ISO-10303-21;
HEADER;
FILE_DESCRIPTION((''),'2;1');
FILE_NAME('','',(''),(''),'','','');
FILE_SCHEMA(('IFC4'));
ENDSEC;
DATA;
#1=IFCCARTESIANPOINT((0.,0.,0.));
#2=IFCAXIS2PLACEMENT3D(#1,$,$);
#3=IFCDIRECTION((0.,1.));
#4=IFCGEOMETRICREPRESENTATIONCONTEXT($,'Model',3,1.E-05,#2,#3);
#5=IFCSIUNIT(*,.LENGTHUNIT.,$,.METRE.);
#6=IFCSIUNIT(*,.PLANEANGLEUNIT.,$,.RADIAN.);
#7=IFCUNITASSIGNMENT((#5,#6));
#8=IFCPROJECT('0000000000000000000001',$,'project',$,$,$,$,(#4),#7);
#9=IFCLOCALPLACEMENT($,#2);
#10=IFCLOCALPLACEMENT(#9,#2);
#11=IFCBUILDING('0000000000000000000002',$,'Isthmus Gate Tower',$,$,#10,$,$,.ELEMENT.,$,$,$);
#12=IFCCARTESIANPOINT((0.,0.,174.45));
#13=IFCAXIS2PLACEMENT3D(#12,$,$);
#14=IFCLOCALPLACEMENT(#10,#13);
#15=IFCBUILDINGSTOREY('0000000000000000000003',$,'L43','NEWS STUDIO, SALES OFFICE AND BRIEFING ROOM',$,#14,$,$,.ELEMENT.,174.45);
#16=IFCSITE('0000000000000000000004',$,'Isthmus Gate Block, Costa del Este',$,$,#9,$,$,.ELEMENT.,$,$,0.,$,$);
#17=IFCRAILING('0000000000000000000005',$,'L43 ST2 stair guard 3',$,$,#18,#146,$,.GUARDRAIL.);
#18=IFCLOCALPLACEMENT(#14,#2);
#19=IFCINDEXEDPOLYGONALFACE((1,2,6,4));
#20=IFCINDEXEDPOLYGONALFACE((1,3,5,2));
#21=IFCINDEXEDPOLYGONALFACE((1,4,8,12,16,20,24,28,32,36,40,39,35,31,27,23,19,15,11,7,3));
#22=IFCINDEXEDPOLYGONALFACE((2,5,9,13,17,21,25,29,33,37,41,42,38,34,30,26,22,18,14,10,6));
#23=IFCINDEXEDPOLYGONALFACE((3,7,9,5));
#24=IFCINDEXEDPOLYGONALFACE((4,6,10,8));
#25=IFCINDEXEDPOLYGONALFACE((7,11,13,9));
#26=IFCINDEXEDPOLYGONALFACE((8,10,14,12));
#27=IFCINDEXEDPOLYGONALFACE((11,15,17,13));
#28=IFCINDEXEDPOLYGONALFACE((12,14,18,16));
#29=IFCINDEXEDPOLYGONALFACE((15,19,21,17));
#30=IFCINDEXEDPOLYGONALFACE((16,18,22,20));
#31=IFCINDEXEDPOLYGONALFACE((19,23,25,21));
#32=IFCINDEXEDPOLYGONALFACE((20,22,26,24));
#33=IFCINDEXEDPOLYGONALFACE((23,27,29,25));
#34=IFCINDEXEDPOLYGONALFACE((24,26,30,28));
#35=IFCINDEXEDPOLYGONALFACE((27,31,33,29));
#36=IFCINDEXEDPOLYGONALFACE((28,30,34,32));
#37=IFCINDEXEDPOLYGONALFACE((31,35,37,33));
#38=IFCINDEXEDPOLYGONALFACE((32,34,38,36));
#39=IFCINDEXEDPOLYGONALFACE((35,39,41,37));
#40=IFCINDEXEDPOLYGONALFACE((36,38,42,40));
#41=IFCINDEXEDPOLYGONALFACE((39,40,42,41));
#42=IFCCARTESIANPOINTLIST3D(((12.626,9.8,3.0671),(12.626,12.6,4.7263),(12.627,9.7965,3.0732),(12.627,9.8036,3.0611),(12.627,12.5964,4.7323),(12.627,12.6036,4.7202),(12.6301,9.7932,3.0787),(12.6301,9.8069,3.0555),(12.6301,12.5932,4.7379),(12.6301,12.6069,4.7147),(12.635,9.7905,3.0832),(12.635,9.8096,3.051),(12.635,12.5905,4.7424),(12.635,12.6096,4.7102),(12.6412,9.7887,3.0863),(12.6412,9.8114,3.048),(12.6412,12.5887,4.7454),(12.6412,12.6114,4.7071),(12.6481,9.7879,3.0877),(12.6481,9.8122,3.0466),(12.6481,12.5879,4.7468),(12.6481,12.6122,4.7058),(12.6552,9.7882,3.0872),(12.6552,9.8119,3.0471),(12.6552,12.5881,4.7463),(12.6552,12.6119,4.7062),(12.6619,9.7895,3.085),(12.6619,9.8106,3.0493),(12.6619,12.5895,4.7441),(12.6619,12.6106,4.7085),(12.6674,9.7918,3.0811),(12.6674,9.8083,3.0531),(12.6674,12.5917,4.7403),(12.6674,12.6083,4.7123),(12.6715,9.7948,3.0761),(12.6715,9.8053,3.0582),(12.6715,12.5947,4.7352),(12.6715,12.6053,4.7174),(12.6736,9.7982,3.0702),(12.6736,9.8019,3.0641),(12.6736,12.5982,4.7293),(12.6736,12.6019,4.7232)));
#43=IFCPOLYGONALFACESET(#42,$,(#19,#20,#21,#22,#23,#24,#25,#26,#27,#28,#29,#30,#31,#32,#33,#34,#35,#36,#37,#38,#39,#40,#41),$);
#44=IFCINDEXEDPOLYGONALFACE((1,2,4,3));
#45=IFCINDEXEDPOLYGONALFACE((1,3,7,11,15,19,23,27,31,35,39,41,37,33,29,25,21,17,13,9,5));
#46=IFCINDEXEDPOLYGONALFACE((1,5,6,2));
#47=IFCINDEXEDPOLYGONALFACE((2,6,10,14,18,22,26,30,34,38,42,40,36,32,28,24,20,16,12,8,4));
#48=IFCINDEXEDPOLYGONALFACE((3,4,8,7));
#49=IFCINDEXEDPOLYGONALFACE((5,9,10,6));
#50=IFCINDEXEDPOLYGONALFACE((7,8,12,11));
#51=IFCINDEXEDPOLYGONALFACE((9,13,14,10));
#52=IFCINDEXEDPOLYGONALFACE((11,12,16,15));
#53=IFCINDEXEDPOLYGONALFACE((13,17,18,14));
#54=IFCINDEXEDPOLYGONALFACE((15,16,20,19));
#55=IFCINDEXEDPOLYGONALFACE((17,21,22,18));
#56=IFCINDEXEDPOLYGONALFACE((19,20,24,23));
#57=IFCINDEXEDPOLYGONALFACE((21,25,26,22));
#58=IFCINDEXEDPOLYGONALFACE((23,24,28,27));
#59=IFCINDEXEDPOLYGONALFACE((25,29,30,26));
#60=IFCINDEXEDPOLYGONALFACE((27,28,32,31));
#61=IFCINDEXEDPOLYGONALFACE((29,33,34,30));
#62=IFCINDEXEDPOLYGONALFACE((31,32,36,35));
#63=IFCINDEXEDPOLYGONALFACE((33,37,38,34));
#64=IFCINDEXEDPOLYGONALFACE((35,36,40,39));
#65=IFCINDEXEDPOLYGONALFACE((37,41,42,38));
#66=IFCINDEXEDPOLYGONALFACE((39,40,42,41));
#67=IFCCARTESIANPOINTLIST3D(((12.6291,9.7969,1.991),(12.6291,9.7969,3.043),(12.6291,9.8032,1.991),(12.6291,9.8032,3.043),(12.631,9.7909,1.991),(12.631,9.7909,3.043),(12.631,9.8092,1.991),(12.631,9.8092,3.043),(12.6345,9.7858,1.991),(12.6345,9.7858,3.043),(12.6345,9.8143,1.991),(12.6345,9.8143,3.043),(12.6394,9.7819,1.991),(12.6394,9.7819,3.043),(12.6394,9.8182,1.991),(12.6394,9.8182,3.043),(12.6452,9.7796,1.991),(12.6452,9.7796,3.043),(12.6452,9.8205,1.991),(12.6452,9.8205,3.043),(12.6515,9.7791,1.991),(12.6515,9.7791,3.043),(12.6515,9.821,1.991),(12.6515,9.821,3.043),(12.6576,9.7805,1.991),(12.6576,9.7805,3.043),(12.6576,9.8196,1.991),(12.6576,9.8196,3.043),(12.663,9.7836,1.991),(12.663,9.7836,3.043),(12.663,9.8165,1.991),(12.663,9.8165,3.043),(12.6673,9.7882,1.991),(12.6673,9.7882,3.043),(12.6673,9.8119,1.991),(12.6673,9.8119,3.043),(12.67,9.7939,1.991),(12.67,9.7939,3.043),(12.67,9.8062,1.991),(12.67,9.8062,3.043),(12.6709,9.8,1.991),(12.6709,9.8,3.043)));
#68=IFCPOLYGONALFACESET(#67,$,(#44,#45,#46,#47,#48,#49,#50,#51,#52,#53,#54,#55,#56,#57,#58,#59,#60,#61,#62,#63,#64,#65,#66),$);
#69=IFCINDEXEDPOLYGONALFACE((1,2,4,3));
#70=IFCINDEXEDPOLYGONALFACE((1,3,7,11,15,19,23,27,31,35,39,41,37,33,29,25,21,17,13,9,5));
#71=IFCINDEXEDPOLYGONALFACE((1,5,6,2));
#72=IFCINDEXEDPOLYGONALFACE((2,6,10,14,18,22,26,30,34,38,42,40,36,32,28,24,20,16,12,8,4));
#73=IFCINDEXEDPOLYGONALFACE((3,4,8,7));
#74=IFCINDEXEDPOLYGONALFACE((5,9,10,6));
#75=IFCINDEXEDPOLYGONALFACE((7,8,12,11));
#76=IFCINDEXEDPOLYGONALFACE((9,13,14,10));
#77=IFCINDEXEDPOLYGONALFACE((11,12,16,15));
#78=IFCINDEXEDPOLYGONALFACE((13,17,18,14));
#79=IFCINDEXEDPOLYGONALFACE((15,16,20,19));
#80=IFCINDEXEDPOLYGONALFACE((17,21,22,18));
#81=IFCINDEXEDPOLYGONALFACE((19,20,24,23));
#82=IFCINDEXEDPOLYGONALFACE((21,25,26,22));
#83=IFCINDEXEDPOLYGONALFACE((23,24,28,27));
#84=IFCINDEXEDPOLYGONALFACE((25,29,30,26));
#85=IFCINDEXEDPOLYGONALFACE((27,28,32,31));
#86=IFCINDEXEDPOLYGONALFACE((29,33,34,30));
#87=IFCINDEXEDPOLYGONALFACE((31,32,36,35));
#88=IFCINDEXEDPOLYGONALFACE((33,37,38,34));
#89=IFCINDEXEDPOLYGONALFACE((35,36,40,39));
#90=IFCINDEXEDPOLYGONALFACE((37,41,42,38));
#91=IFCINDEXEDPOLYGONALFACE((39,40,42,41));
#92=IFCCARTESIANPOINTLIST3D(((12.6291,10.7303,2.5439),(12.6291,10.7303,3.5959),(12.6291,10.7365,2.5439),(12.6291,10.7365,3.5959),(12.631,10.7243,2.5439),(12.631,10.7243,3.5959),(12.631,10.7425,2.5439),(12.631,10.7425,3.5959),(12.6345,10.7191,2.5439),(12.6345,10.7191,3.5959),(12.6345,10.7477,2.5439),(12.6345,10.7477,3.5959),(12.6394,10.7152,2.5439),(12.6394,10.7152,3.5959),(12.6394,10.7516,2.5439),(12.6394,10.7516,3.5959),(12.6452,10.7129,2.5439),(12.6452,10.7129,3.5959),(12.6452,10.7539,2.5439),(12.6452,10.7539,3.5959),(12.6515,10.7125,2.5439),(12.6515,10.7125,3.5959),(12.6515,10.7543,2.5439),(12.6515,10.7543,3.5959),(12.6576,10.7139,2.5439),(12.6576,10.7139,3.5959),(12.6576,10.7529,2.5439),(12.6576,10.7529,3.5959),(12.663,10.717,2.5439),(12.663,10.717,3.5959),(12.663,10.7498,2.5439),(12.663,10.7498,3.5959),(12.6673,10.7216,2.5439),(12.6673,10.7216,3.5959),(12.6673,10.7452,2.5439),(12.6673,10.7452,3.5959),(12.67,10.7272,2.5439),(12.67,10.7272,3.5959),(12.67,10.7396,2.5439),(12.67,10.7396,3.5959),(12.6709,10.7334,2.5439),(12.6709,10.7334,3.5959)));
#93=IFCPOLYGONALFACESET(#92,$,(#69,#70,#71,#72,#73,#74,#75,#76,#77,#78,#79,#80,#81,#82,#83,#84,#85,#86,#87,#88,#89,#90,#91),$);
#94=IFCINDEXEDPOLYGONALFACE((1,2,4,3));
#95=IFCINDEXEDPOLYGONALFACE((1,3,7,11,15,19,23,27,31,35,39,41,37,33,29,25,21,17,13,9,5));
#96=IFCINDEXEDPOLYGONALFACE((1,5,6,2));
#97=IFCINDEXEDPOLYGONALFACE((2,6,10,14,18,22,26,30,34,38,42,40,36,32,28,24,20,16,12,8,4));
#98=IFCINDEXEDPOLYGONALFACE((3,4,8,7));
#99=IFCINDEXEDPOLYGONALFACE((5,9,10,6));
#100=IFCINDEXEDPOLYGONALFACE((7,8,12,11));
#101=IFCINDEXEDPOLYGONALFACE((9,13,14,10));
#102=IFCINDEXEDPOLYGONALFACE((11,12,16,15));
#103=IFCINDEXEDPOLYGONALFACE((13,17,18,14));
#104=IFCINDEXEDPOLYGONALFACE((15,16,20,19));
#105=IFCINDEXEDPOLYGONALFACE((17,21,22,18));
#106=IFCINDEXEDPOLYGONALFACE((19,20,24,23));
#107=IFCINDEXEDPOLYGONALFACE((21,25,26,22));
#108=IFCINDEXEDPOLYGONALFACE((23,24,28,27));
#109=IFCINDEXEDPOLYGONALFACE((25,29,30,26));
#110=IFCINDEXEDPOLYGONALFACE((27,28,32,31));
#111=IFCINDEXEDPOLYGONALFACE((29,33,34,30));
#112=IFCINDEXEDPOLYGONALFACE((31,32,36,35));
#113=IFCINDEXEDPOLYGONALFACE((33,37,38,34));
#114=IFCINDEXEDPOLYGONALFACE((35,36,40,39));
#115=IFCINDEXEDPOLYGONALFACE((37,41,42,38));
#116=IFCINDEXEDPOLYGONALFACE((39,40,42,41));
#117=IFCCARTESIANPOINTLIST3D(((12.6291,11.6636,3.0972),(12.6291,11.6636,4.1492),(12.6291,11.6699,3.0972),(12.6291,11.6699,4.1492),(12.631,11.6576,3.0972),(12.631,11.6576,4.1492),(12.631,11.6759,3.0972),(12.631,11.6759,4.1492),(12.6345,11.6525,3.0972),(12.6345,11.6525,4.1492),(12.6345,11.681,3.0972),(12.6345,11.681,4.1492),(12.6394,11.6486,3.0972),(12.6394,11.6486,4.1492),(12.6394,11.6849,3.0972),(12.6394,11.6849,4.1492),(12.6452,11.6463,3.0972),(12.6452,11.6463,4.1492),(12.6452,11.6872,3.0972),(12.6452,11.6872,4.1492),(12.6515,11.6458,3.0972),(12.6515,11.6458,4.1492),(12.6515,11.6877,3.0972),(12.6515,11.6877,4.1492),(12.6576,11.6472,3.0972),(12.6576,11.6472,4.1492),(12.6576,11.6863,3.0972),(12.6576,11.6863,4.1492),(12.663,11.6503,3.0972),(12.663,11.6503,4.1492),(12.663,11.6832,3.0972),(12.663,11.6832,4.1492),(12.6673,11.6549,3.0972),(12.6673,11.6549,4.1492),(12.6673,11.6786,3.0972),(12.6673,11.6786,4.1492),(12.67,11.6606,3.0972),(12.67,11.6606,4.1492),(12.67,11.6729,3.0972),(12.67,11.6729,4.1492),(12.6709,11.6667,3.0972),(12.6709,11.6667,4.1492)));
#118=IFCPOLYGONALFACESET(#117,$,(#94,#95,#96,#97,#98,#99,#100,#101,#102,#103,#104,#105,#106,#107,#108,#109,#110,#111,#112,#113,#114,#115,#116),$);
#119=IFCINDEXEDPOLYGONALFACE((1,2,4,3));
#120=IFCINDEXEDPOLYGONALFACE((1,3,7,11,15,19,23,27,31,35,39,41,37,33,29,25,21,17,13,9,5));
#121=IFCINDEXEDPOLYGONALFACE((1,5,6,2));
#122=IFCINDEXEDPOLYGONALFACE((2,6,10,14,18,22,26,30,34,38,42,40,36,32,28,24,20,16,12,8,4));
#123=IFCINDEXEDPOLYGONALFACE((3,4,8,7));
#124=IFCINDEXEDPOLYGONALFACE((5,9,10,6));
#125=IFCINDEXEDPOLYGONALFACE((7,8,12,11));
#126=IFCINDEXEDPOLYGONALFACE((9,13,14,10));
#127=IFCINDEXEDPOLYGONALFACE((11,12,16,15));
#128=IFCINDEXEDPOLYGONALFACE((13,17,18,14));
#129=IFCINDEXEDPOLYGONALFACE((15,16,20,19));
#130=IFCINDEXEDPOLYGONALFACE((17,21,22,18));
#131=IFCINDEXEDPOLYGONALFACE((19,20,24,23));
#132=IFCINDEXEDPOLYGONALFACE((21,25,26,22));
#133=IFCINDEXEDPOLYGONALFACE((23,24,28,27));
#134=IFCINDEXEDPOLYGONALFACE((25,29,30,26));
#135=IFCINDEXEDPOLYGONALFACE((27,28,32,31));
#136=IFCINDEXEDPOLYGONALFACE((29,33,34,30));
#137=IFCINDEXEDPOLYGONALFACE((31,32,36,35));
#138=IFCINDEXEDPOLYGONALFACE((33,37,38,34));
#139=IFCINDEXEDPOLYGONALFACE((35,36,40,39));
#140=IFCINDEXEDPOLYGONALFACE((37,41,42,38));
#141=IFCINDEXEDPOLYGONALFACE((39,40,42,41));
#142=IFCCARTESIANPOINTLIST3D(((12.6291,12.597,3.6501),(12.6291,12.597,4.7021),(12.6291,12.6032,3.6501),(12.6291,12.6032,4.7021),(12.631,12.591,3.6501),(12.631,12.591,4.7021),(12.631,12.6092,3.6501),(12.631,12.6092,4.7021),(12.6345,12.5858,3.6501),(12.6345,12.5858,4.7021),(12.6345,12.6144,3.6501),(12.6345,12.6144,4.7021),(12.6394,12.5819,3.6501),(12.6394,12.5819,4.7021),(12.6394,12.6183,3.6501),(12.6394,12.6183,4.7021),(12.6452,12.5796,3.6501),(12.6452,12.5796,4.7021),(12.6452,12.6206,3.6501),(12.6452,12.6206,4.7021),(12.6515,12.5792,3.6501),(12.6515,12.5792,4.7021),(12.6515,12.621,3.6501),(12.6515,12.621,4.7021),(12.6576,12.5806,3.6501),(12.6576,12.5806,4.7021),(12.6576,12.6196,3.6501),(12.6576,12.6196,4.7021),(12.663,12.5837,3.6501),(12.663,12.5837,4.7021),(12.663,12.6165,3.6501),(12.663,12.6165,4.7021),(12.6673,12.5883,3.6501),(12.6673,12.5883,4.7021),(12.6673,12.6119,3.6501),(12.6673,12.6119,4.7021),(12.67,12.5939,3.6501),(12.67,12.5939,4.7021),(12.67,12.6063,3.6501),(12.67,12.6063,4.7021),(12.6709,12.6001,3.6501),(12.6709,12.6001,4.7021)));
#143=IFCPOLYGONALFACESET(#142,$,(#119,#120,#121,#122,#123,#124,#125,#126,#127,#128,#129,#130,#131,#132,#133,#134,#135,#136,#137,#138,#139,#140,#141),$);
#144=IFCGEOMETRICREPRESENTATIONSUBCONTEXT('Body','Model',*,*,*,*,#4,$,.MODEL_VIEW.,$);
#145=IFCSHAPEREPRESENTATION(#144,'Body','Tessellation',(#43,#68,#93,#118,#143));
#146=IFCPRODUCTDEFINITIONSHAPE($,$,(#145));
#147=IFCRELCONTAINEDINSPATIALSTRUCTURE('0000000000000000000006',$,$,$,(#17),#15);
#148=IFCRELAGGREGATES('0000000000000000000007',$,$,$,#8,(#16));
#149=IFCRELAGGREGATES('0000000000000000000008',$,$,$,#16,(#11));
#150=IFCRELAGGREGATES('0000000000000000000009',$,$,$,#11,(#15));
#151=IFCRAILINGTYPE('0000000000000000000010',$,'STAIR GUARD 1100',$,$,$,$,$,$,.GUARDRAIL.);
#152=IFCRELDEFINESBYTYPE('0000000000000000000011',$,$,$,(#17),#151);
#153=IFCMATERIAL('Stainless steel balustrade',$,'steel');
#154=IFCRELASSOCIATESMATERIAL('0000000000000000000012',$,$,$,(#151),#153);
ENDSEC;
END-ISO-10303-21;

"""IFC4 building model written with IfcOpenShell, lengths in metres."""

from ifc_helpers import new_model, si_unit, direction, frame, origin, origin_2d, place, context, subcontext, project, spatial, circle, extrude, material, type_object, element, save


model = new_model("IFC4")

# Units and contexts
model_context = context("Model", 3, precision=1e-05, world=origin(), true_north=direction((0.0, 1.0)))
body_context = subcontext(model_context, "Body", "Model", "MODEL_VIEW")
ifc_project = project(units=[si_unit("LENGTHUNIT", "METRE"), si_unit("PLANEANGLEUNIT", "RADIAN")], contexts=[model_context])

# Site, building, storey
site_placement = place(None, origin())
site = spatial("IfcSite", under=ifc_project, at=site_placement, Name="Isthmus Gate Block, Costa del Este", CompositionType="ELEMENT", RefElevation=0.0)
building_placement = place(site_placement, origin())
building = spatial("IfcBuilding", under=site, at=building_placement, Name="Isthmus Gate Tower", CompositionType="ELEMENT")
storey_placement = place(building_placement, frame((0.0, 0.0, 174.45)))
storey = spatial("IfcBuildingStorey", under=building, at=storey_placement, Name="L43", Description="NEWS STUDIO, SALES OFFICE AND BRIEFING ROOM", CompositionType="ELEMENT", Elevation=174.45)

# Railing
ifc_material_1 = material(Name="Stainless steel balustrade", Category="steel")
railing_type_1 = type_object("IfcRailingType", Name="STAIR GUARD 1100", PredefinedType="GUARDRAIL", material=ifc_material_1)
railing_1_placement = place(storey_placement, frame((12.6499, 9.8, 1.991)))
element("IfcRailing", 1, at=railing_1_placement, inside=storey, type_object=railing_type_1, Name="L43 ST2 stair guard 3", PredefinedType="GUARDRAIL", context=body_context, shape_type="SweptSolid", body=[
    extrude(circle(Radius=0.0239, at=origin_2d()), frame((0.0, 0.0, 1.0762), z_axis=(0.0, 0.860306, 0.509778), x_axis=(-1.0, 0.0, 0.0)), (0.0, 0.0, 1.0), 3.2546),
    extrude(circle(Radius=0.021, at=origin_2d()), origin(), (0.0, 0.0, 1.0), 1.052),
    extrude(circle(Radius=0.021, at=origin_2d()), frame((0.0, 0.9333, 0.553)), (0.0, 0.0, 1.0), 1.052),
    extrude(circle(Radius=0.021, at=origin_2d()), frame((0.0, 1.8667, 1.1062)), (0.0, 0.0, 1.0), 1.052),
    extrude(circle(Radius=0.021, at=origin_2d()), frame((0.0, 2.8, 1.6592)), (0.0, 0.0, 1.0), 1.052),
])

save(model, "model.ifc")
